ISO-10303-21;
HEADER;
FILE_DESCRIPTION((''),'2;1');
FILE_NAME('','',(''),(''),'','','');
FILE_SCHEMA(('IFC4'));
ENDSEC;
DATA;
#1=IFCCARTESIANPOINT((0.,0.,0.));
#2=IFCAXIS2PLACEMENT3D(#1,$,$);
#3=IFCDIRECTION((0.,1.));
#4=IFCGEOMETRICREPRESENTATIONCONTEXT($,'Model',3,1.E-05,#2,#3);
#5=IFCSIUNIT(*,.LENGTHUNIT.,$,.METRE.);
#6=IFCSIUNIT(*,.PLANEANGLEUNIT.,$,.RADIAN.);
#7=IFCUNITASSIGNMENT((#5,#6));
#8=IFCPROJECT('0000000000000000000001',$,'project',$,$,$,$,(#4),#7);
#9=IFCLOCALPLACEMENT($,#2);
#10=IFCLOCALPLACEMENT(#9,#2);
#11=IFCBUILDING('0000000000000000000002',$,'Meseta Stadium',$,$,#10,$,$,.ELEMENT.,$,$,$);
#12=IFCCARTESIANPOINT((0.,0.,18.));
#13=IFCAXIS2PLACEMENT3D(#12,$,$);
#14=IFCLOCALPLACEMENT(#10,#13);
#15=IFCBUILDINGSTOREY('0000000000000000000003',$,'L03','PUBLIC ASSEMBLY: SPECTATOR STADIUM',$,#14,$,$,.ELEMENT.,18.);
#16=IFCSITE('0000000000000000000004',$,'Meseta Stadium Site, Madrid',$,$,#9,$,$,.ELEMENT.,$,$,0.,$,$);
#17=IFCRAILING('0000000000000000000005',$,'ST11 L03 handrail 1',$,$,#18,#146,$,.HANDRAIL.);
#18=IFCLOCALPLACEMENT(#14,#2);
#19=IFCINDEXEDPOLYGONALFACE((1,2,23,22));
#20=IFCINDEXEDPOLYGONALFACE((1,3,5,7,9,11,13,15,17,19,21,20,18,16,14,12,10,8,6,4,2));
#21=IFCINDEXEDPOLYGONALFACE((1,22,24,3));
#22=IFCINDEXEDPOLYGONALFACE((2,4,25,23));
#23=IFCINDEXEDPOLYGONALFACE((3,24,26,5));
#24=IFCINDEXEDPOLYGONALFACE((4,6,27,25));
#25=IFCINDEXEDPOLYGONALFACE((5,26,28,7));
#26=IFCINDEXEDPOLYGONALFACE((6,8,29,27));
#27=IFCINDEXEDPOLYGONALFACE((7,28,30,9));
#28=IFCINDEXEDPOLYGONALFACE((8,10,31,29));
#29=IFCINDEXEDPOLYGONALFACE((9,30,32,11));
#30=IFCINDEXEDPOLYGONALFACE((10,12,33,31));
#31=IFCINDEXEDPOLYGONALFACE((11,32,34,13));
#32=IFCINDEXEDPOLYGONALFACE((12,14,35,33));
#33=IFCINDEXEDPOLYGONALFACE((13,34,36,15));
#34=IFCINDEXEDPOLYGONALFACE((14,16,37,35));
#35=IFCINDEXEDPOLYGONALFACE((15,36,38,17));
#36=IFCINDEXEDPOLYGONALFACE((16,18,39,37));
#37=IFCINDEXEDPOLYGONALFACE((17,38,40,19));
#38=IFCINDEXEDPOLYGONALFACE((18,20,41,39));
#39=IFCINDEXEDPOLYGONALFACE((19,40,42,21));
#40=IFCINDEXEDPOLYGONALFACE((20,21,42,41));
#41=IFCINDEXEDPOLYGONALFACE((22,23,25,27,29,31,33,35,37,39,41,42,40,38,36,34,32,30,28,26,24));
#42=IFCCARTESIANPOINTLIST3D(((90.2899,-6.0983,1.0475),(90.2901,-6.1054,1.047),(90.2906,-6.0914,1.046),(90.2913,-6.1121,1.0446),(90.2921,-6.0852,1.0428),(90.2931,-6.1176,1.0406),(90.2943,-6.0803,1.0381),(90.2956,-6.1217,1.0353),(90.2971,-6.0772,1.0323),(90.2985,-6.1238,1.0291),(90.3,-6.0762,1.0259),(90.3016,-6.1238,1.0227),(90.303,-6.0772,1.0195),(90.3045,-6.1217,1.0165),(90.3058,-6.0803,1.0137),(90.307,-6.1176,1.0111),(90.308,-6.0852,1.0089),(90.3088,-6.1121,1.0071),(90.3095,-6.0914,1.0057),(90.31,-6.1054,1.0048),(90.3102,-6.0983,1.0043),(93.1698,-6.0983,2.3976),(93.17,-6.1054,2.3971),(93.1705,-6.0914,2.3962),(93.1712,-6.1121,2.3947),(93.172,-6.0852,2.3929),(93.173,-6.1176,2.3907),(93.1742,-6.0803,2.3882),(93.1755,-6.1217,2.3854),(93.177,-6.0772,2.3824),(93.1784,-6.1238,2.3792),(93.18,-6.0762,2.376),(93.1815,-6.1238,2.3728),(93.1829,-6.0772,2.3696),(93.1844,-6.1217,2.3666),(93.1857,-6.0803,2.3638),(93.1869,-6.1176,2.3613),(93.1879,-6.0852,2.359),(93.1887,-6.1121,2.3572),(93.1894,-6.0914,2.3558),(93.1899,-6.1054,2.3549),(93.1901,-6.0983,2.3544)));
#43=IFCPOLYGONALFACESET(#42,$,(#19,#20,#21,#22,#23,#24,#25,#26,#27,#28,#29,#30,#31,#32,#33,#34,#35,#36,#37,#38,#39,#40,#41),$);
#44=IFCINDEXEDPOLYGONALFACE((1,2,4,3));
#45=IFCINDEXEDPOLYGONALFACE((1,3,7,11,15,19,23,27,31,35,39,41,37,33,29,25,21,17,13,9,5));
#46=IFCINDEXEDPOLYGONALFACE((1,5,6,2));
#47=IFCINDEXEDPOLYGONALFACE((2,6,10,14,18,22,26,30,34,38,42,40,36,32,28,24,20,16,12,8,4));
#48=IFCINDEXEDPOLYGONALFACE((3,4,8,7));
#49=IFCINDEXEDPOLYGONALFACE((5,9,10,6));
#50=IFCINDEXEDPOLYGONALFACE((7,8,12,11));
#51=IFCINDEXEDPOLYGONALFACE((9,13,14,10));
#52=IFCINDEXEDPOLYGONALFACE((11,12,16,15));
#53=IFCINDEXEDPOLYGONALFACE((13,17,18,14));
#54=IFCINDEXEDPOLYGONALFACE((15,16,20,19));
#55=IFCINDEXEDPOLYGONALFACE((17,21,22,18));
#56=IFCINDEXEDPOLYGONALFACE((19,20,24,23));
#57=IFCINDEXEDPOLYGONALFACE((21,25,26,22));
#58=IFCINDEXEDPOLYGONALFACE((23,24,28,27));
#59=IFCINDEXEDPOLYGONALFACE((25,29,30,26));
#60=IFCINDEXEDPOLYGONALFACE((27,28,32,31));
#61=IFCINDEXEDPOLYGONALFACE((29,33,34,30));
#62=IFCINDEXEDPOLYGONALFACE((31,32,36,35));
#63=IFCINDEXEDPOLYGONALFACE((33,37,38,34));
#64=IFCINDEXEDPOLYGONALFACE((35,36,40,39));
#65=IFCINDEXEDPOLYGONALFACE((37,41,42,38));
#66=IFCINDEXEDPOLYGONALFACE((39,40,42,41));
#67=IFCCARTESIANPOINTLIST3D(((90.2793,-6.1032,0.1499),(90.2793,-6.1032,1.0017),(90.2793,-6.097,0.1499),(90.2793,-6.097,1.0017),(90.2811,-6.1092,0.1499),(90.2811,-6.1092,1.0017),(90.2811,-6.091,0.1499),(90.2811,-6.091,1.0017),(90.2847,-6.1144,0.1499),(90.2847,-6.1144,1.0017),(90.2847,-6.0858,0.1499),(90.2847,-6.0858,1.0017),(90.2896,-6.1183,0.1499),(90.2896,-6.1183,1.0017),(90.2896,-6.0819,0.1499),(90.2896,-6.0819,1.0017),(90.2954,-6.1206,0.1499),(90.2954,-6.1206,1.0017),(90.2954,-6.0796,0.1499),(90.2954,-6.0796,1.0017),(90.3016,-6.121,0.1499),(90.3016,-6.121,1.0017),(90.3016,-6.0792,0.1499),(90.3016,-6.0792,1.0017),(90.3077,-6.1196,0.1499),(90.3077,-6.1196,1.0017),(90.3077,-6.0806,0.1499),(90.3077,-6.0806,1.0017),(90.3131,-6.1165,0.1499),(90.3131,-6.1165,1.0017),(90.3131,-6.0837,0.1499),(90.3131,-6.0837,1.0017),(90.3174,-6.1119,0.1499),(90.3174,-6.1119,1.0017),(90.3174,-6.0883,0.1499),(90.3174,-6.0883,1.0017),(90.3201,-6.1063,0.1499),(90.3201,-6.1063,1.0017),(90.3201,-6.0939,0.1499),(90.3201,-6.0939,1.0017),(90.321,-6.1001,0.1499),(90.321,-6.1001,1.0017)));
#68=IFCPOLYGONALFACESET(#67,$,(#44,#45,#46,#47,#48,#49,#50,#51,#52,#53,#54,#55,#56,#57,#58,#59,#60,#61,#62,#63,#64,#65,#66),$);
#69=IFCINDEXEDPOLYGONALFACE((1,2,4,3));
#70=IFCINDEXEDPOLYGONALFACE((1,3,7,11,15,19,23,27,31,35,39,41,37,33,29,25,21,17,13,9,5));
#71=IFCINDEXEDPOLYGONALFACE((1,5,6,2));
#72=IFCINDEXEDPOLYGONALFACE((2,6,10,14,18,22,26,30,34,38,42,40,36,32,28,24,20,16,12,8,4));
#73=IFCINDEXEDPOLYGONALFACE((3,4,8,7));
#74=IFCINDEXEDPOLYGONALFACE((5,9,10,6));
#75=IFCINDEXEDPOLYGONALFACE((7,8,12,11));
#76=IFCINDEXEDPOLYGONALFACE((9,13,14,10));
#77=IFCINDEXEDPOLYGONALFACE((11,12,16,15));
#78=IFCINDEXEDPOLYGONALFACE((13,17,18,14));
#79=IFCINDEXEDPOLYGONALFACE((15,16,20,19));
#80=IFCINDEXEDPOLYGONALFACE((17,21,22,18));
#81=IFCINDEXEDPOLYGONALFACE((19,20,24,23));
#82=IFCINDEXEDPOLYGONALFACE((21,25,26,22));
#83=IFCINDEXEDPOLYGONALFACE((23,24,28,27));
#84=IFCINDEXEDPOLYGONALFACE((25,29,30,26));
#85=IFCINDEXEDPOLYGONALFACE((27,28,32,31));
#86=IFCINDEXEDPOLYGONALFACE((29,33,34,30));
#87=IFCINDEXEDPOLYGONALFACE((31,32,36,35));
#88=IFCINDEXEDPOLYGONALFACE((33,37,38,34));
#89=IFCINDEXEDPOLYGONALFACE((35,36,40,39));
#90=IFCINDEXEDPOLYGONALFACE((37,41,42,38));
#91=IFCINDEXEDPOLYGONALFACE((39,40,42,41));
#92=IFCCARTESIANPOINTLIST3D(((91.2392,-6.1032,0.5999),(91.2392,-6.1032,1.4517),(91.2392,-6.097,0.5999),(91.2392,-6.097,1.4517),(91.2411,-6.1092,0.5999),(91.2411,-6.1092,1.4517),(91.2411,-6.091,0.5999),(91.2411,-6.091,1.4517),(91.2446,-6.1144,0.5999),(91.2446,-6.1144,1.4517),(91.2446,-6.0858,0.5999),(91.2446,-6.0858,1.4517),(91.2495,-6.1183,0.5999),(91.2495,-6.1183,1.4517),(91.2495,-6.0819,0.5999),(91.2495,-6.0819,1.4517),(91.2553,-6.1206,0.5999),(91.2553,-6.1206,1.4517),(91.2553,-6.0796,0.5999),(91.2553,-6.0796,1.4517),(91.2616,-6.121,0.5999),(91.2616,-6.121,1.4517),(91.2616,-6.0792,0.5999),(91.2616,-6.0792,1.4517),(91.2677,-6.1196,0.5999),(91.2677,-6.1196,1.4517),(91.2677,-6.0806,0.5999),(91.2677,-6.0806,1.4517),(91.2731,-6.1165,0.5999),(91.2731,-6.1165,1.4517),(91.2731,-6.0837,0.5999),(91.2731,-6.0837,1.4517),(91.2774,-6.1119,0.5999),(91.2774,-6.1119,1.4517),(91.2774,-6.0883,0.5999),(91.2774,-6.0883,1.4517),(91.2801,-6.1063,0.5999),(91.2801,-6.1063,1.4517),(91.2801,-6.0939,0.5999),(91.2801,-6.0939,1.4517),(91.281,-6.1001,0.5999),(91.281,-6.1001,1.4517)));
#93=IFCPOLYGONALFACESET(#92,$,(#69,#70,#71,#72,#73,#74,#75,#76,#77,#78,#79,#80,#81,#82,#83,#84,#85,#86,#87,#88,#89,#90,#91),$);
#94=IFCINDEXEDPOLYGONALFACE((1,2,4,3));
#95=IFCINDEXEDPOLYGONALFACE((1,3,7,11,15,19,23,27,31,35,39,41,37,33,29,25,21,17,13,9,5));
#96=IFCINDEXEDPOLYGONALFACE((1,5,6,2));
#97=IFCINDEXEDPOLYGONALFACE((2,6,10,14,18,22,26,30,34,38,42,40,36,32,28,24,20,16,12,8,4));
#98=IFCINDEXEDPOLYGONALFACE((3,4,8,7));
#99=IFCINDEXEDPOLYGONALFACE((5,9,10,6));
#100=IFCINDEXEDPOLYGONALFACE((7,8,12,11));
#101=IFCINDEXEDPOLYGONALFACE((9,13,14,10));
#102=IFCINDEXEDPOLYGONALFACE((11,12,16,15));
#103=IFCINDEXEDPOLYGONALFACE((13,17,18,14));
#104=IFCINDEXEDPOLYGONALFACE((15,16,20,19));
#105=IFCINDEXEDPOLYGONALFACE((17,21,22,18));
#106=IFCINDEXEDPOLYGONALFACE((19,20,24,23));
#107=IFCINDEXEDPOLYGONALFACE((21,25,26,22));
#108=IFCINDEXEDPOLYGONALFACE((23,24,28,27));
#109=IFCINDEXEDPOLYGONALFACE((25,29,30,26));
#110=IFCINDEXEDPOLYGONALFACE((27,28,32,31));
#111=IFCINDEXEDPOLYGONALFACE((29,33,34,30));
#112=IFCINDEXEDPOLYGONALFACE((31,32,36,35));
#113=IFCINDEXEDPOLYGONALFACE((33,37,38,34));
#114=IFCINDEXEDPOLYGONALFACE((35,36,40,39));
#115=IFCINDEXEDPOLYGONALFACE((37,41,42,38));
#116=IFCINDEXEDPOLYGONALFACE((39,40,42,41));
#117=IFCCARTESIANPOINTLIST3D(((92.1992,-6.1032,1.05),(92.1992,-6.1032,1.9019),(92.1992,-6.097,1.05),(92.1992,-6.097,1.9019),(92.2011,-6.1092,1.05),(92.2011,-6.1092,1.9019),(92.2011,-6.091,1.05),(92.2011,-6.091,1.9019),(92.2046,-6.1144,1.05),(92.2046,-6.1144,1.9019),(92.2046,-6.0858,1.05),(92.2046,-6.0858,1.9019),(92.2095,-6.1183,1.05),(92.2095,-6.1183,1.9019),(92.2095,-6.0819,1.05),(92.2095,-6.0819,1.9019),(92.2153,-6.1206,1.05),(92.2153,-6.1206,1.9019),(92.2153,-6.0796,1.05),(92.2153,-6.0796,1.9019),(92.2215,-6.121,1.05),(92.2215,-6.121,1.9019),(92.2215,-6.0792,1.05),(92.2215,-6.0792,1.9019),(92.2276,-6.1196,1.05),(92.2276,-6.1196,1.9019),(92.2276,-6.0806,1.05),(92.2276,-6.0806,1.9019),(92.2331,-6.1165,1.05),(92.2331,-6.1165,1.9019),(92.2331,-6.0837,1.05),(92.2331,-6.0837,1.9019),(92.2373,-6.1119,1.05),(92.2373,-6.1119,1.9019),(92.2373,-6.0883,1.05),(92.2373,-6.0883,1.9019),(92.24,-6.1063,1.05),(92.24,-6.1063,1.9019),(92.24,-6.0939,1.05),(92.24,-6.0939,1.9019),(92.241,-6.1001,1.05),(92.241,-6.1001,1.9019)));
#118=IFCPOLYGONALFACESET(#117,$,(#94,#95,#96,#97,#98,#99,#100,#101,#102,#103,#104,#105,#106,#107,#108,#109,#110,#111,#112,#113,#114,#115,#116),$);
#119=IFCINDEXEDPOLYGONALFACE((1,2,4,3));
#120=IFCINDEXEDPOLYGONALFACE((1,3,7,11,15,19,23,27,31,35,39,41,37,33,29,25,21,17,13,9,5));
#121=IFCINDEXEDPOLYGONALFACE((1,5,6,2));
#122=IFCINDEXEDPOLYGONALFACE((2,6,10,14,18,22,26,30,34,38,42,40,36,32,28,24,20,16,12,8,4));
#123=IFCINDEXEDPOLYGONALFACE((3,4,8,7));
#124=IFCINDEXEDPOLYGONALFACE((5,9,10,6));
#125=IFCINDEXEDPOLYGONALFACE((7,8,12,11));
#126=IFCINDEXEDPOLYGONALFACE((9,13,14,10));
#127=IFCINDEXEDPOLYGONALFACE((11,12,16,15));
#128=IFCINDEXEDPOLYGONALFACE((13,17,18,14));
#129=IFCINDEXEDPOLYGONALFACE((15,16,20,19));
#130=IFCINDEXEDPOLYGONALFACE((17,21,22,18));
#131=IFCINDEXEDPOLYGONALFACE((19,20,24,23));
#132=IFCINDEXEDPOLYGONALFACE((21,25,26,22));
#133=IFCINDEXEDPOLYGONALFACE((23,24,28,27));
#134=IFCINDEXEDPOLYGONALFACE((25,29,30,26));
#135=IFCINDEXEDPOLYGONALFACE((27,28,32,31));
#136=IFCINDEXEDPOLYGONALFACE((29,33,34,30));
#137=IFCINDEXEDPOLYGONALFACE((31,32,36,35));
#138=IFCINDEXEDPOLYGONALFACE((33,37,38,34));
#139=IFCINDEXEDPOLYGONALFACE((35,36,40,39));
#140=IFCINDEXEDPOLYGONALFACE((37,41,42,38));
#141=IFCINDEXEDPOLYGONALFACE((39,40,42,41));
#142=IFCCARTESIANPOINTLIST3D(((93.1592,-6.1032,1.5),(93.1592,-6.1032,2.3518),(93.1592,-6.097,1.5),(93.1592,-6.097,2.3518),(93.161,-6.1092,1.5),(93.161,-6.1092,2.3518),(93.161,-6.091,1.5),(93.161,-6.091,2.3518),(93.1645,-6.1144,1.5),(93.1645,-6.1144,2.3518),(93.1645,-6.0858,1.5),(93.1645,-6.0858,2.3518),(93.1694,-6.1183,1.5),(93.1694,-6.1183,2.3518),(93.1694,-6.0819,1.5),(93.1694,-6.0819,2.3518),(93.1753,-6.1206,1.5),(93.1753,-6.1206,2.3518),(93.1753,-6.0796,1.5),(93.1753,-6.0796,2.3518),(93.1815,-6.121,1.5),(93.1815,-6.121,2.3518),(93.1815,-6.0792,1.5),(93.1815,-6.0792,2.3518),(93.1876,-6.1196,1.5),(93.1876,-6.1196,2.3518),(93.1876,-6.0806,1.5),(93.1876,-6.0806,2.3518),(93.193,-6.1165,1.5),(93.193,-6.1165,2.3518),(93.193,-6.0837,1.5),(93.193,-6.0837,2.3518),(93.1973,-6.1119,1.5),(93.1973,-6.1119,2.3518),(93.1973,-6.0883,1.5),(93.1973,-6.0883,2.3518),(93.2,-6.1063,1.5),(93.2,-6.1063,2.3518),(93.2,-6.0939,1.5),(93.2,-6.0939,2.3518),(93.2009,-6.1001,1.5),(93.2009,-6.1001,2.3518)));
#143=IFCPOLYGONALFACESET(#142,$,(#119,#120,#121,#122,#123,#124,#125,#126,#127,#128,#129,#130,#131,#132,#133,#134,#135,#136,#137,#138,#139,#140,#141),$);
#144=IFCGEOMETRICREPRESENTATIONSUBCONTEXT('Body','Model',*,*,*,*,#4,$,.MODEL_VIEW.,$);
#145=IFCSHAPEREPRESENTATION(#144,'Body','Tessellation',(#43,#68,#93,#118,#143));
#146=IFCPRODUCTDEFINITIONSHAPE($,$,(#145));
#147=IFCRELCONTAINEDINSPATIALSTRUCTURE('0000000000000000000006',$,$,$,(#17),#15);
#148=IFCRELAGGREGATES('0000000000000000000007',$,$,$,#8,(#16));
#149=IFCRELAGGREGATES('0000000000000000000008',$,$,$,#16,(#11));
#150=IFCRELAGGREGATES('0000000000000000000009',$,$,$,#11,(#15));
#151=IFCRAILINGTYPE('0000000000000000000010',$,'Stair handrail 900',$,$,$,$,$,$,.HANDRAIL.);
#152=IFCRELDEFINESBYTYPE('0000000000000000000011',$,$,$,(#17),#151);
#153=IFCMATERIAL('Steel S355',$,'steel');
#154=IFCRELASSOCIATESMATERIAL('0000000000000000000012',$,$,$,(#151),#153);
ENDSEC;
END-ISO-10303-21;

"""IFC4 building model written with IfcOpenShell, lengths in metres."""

from ifc_helpers import new_model, si_unit, direction, frame, origin, origin_2d, place, context, subcontext, project, spatial, circle, extrude, material, type_object, element, save


model = new_model("IFC4")

# Units and contexts
model_context = context("Model", 3, precision=1e-05, world=origin(), true_north=direction((0.0, 1.0)))
body_context = subcontext(model_context, "Body", "Model", "MODEL_VIEW")
ifc_project = project(units=[si_unit("LENGTHUNIT", "METRE"), si_unit("PLANEANGLEUNIT", "RADIAN")], contexts=[model_context])

# Site, building, storey
site_placement = place(None, origin())
site = spatial("IfcSite", under=ifc_project, at=site_placement, Name="Meseta Stadium Site, Madrid", CompositionType="ELEMENT", RefElevation=0.0)
building_placement = place(site_placement, origin())
building = spatial("IfcBuilding", under=site, at=building_placement, Name="Meseta Stadium", CompositionType="ELEMENT")
storey_placement = place(building_placement, frame((0.0, 0.0, 18.0)))
storey = spatial("IfcBuildingStorey", under=building, at=storey_placement, Name="L03", Description="PUBLIC ASSEMBLY: SPECTATOR STADIUM", CompositionType="ELEMENT", Elevation=18.0)

# Railing
ifc_material_1 = material(Name="Steel S355", Category="steel")
railing_type_1 = type_object("IfcRailingType", Name="Stair handrail 900", PredefinedType="HANDRAIL", material=ifc_material_1)
for number, where, name in (
    (1, (90.3, -6.1001, 0.1499), "ST11 L03 handrail 1"),
):
    element("IfcRailing", number, at=place(storey_placement, frame(where)), inside=storey, type_object=railing_type_1, Name=name, PredefinedType="HANDRAIL", context=body_context, shape_type="SweptSolid", body=[
        extrude(circle(Radius=0.0239, at=origin_2d()), frame((0.0, 0.0, 0.876), z_axis=(0.90544, 0.0, 0.424473), x_axis=(0.0, 1.0, 0.0)), (0.0, 0.0, 1.0), 3.1807),
        extrude(circle(Radius=0.021, at=origin_2d()), origin(), (0.0, 0.0, 1.0), 0.8518),
        extrude(circle(Radius=0.021, at=origin_2d()), frame((0.96, 0.0, 0.45)), (0.0, 0.0, 1.0), 0.8518),
        extrude(circle(Radius=0.021, at=origin_2d()), frame((1.9199, 0.0, 0.9001)), (0.0, 0.0, 1.0), 0.8518),
        extrude(circle(Radius=0.021, at=origin_2d()), frame((2.8799, 0.0, 1.3501)), (0.0, 0.0, 1.0), 0.8518),
    ])

save(model, "model.ifc")
